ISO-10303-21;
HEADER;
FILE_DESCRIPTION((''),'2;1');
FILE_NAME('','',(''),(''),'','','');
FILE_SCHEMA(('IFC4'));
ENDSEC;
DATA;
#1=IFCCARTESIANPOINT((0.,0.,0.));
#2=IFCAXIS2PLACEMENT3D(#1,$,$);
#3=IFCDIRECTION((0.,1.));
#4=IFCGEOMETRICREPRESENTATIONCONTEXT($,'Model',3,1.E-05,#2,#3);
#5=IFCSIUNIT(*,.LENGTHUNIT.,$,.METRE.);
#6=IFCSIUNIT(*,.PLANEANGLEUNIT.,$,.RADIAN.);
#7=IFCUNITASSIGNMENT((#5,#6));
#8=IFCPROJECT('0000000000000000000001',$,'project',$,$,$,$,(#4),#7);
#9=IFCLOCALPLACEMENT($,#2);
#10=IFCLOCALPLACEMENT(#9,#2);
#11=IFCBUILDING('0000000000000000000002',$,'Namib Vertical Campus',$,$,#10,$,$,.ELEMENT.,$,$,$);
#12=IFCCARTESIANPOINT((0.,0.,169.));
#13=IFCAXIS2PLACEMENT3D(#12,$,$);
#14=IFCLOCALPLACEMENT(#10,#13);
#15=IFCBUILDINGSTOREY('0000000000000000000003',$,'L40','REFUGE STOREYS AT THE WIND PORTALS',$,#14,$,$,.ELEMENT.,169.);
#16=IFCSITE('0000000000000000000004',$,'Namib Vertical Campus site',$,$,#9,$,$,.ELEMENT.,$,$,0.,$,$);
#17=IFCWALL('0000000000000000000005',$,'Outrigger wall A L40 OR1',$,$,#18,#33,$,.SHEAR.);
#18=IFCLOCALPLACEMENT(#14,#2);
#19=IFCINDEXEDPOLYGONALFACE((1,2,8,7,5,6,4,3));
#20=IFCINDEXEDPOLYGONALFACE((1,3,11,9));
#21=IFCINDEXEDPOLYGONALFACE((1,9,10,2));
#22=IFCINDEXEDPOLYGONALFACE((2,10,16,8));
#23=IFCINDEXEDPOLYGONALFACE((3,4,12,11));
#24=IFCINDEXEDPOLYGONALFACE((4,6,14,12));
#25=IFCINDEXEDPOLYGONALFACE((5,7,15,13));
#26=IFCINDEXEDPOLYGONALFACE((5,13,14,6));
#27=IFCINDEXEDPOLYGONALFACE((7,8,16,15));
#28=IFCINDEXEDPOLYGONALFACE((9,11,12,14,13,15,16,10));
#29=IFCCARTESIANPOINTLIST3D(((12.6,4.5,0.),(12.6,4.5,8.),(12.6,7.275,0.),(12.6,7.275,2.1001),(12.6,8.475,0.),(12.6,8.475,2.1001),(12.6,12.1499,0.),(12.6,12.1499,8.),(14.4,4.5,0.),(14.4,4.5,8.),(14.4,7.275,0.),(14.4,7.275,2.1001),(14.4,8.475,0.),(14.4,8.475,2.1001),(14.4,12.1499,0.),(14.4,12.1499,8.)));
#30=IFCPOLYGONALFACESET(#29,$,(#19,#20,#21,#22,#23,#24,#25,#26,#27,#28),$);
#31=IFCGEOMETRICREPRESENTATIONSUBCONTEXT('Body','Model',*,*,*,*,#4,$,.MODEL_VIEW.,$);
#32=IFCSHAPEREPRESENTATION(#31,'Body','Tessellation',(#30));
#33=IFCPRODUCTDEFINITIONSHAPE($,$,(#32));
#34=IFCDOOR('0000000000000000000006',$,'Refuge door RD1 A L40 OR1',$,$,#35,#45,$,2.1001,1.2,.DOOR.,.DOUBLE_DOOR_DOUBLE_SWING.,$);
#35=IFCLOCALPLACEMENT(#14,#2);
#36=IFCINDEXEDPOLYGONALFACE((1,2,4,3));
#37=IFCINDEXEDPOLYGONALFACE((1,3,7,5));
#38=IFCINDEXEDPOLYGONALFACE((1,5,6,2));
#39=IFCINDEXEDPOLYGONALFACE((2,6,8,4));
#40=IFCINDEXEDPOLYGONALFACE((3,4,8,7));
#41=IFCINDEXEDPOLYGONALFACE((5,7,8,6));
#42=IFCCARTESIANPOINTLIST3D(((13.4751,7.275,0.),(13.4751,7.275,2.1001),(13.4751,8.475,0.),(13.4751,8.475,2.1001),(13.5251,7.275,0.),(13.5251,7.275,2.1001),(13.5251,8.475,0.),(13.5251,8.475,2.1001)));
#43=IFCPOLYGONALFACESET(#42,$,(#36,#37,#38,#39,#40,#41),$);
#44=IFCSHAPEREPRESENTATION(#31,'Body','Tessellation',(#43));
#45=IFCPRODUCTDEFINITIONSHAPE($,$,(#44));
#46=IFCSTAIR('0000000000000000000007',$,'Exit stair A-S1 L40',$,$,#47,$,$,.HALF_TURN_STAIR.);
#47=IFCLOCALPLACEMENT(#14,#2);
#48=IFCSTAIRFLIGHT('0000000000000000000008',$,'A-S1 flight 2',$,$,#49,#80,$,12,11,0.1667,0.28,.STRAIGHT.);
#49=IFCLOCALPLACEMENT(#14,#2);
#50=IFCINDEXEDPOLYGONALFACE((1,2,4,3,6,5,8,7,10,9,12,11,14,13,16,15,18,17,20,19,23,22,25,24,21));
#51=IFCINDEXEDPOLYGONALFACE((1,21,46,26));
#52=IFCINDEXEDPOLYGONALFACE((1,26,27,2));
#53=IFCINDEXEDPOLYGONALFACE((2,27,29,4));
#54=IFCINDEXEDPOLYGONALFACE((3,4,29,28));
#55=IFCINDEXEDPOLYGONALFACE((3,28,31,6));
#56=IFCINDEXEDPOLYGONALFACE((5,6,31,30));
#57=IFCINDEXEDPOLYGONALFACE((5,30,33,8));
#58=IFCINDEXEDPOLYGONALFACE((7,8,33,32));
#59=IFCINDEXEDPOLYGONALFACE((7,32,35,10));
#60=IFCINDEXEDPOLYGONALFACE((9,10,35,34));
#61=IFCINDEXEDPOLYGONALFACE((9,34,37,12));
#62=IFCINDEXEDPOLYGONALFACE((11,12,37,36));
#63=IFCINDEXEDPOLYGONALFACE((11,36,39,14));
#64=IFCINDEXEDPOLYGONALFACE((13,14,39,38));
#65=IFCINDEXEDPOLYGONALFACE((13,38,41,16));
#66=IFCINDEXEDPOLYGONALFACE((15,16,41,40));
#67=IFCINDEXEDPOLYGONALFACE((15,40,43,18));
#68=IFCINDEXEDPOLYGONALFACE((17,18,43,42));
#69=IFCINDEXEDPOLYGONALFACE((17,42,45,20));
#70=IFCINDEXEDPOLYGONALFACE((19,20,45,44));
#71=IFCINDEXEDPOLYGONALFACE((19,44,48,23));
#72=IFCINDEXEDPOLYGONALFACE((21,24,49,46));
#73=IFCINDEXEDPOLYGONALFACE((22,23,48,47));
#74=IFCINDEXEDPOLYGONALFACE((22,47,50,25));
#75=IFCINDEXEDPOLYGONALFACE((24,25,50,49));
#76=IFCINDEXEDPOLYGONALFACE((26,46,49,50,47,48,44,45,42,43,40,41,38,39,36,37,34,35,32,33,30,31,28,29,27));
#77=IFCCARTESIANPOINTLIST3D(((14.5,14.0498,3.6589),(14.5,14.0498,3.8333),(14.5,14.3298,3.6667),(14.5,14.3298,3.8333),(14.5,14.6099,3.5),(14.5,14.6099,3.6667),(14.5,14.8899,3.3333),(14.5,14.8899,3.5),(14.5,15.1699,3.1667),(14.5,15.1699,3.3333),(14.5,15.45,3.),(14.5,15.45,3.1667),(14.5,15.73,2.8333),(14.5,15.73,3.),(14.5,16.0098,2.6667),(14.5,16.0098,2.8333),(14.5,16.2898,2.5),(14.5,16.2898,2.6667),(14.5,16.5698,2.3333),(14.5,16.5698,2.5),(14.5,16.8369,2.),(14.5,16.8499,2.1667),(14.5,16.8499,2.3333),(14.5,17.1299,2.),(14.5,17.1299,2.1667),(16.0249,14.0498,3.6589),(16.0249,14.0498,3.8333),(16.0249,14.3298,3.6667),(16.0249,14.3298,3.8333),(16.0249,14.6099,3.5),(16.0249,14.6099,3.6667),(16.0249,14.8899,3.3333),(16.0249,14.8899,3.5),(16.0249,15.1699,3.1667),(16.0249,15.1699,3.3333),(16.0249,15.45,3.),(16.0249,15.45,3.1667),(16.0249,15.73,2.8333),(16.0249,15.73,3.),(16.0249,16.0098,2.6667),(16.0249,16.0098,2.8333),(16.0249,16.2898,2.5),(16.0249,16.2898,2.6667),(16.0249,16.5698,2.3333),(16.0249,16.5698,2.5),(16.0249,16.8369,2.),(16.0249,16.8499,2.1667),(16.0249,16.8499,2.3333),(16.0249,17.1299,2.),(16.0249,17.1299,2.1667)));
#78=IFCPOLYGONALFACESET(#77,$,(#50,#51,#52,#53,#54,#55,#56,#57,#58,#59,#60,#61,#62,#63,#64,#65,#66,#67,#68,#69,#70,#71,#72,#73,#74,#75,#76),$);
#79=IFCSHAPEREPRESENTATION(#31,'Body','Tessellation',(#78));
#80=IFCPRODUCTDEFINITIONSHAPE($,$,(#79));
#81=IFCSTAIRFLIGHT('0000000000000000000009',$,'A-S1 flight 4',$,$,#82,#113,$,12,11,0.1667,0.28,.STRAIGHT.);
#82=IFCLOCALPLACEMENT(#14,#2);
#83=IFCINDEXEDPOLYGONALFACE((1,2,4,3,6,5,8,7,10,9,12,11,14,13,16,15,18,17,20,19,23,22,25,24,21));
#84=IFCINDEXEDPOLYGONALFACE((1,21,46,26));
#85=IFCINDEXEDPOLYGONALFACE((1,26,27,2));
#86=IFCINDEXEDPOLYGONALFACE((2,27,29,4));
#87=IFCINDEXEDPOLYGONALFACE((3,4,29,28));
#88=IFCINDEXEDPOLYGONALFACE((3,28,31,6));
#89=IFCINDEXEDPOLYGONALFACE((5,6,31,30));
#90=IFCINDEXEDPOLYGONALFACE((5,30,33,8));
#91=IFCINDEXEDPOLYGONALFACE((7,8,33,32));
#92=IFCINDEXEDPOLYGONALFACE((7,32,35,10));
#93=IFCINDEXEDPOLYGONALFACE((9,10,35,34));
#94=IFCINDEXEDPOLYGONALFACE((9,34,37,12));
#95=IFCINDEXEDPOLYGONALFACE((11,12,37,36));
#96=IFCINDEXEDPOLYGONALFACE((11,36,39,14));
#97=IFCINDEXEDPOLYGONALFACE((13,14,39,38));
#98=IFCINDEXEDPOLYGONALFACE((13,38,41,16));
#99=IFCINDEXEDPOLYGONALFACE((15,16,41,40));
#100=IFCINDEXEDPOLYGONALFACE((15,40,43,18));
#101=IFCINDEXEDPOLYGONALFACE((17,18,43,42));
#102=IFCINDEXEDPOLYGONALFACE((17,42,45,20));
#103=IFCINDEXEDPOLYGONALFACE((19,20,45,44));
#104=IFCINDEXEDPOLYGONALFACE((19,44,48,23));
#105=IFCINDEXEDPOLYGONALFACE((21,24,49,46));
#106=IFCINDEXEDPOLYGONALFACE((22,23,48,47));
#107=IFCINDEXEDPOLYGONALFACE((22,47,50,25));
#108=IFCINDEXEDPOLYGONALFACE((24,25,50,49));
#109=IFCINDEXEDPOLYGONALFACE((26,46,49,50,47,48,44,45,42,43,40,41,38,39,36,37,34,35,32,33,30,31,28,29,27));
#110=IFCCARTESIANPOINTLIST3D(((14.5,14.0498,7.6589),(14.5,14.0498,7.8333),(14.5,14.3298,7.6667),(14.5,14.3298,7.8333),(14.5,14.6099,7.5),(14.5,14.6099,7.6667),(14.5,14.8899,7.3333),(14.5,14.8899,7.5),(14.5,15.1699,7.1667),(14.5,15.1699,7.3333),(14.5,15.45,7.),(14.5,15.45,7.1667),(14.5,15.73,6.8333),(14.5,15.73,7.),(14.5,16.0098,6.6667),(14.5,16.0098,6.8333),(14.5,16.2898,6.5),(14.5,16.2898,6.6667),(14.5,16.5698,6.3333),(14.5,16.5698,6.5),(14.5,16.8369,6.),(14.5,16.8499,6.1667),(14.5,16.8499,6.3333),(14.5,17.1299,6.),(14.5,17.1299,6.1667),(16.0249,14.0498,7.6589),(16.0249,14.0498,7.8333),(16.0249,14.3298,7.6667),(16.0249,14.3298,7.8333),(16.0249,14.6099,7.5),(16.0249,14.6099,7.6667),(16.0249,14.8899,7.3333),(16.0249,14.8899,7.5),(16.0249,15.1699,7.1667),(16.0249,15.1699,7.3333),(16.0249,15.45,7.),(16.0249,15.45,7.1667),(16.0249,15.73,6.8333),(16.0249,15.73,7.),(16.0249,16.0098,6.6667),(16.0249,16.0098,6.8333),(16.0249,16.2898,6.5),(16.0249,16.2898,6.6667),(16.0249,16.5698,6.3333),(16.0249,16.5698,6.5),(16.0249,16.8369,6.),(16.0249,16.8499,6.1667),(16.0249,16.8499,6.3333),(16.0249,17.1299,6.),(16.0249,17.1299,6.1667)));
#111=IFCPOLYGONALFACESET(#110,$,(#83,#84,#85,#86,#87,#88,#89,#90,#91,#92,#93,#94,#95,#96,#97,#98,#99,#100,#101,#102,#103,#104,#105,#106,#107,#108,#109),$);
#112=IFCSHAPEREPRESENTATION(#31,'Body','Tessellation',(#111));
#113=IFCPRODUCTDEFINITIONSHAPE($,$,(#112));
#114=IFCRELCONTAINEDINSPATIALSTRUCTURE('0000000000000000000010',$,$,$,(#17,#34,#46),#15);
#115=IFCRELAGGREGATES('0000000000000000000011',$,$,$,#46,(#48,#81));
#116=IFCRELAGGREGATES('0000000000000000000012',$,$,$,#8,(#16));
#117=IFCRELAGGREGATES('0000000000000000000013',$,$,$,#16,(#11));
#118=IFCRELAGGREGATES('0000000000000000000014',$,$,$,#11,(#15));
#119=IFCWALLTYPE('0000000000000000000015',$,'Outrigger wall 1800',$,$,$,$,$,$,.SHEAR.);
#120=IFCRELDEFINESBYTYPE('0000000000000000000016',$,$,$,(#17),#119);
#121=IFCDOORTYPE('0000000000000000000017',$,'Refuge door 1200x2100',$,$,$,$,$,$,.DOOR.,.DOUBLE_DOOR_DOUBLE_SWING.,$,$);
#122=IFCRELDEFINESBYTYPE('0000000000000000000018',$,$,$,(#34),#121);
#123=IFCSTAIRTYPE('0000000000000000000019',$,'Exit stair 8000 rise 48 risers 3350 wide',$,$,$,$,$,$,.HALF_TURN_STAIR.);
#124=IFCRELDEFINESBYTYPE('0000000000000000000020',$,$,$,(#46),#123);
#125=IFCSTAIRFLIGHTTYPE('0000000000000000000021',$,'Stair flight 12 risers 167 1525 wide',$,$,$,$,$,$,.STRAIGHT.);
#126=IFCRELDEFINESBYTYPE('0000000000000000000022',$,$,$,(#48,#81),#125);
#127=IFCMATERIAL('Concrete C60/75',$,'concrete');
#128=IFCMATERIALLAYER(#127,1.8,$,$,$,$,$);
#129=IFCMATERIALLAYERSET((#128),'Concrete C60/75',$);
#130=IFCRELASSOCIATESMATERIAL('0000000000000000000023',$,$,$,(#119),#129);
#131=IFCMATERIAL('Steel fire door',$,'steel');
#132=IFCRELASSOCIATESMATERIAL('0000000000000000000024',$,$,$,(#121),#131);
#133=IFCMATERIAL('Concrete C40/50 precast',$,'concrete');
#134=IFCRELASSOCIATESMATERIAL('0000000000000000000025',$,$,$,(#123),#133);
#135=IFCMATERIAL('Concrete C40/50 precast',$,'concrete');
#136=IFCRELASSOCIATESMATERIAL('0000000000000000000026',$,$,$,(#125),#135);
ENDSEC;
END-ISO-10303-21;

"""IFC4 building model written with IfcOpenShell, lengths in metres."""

from ifc_helpers import new_model, si_unit, direction, frame, frame_2d, origin, place, context, subcontext, project, spatial, polyline, rectangle, outline, extrude, material, layer, layer_set, type_object, element, fill, aggregate, save


model = new_model("IFC4")

# Units and contexts
model_context = context("Model", 3, precision=1e-05, world=origin(), true_north=direction((0.0, 1.0)))
body_context = subcontext(model_context, "Body", "Model", "MODEL_VIEW")
ifc_project = project(units=[si_unit("LENGTHUNIT", "METRE"), si_unit("PLANEANGLEUNIT", "RADIAN")], contexts=[model_context])

# Site, building, storey
site_placement = place(None, origin())
site = spatial("IfcSite", under=ifc_project, at=site_placement, Name="Namib Vertical Campus site", CompositionType="ELEMENT", RefElevation=0.0)
building_placement = place(site_placement, origin())
building = spatial("IfcBuilding", under=site, at=building_placement, Name="Namib Vertical Campus", CompositionType="ELEMENT")
storey_placement = place(building_placement, frame((0.0, 0.0, 169.0)))
storey = spatial("IfcBuildingStorey", under=building, at=storey_placement, Name="L40", Description="REFUGE STOREYS AT THE WIND PORTALS", CompositionType="ELEMENT", Elevation=169.0)

# Wall, opening, door
ifc_material_1 = material(Name="Concrete C60/75", Category="concrete")
ifc_layer_1 = layer(ifc_material_1, 1.8)
ifc_layer_set_1 = layer_set([ifc_layer_1], Name="Concrete C60/75")
wall_type_1 = type_object("IfcWallType", Name="Outrigger wall 1800", PredefinedType="SHEAR", material=ifc_layer_set_1)
wall_1_placement = place(storey_placement, frame((13.5, 4.5, 0.0), z_axis=(0.0, 0.0, 1.0), x_axis=(0.0, 1.0, 0.0)))
wall_1 = element("IfcWall", 1, at=wall_1_placement, inside=storey, type_object=wall_type_1, Name="Outrigger wall A L40 OR1", PredefinedType="SHEAR", context=body_context, shape_type="SweptSolid", body=[
    extrude(rectangle(XDim=7.6499, YDim=1.8, at=frame_2d((3.825, 0.0))), origin(), (0.0, 0.0, 1.0), 8.0),
])
opening_1_placement = place(wall_1_placement, frame((2.7749, 0.0, 0.0)))
opening_1 = element("IfcOpeningElement", 2, at=opening_1_placement, cuts=wall_1, PredefinedType="OPENING", context=body_context, shape_type="SweptSolid", body=[
    extrude(rectangle(XDim=1.2, YDim=2.1001, at=frame_2d((0.6001, 1.05))), frame((0.0, 0.9099, 0.0), z_axis=(0.0, -1.0, 0.0), x_axis=(1.0, 0.0, 0.0)), (0.0, 0.0, 1.0), 1.8201),
])
ifc_material_2 = material(Name="Steel fire door", Category="steel")
door_type_1 = type_object("IfcDoorType", Name="Refuge door 1200x2100", OperationType="DOUBLE_DOOR_DOUBLE_SWING", PredefinedType="DOOR", material=ifc_material_2)
door_1_placement = place(opening_1_placement, origin())
door_1 = element("IfcDoor", 3, at=door_1_placement, inside=storey, type_object=door_type_1, Name="Refuge door RD1 A L40 OR1", OperationType="DOUBLE_DOOR_DOUBLE_SWING", OverallHeight=2.1001, OverallWidth=1.2, PredefinedType="DOOR", context=body_context, shape_type="SweptSolid", body=[
    extrude(rectangle(XDim=1.2, YDim=2.1001, at=frame_2d((0.6001, 1.05))), frame((0.0, 0.0249, 0.0), z_axis=(0.0, -1.0, 0.0), x_axis=(1.0, 0.0, 0.0)), (0.0, 0.0, 1.0), 0.05),
])
fill(opening_1, door_1)

# Stair, stair flights
ifc_material_3 = material(Name="Concrete C40/50 precast", Category="concrete")
stair_type = type_object("IfcStairType", Name="Exit stair 8000 rise 48 risers 3350 wide", PredefinedType="HALF_TURN_STAIR", material=ifc_material_3)
stair_placement = place(storey_placement, origin())
stair = element("IfcStair", 4, at=stair_placement, inside=storey, type_object=stair_type, Name="Exit stair A-S1 L40", PredefinedType="HALF_TURN_STAIR")
ifc_material_4 = material(Name="Concrete C40/50 precast", Category="concrete")
stair_flight_type = type_object("IfcStairFlightType", Name="Stair flight 12 risers 167 1525 wide", PredefinedType="STRAIGHT", material=ifc_material_4)
stair_flight_1_placement = place(storey_placement, frame((15.2625, 17.1299, 2.0), z_axis=(0.0, 0.0, 1.0), x_axis=(0.0, -1.0, 0.0)))
stair_flight_1 = element("IfcStairFlight", 5, at=stair_flight_1_placement, type_object=stair_flight_type, Name="A-S1 flight 2", NumberOfRisers=12, NumberOfTreads=11, PredefinedType="STRAIGHT", RiserHeight=0.1667, TreadLength=0.28, context=body_context, shape_type="SweptSolid", body=[
    extrude(outline(polyline([(0.0, 0.0), (0.0, 0.1667), (0.28, 0.1667), (0.28, 0.3333), (0.5601, 0.3333), (0.5601, 0.5), (0.8401, 0.5), (0.8401, 0.6667), (1.1201, 0.6667), (1.1201, 0.8333), (1.3999, 0.8333), (1.3999, 1.0), (1.6799, 1.0), (1.6799, 1.1667), (1.96, 1.1667), (1.96, 1.3333), (2.24, 1.3333), (2.24, 1.5), (2.52, 1.5), (2.52, 1.6667), (2.8, 1.6667), (2.8, 1.8333), (3.0801, 1.8333), (3.0801, 2.0), (3.0801, 1.6589), (0.293, 0.0), (0.0, 0.0)])), frame((0.0, 0.7625, 0.0), z_axis=(0.0, -1.0, 0.0), x_axis=(1.0, 0.0, 0.0)), (0.0, 0.0, 1.0), 1.5249),
])
stair_flight_2_placement = place(storey_placement, frame((15.2625, 17.1299, 6.0), z_axis=(0.0, 0.0, 1.0), x_axis=(0.0, -1.0, 0.0)))
stair_flight_2 = element("IfcStairFlight", 6, at=stair_flight_2_placement, type_object=stair_flight_type, Name="A-S1 flight 4", NumberOfRisers=12, NumberOfTreads=11, PredefinedType="STRAIGHT", RiserHeight=0.1667, TreadLength=0.28, context=body_context, shape_type="SweptSolid", body=[
    extrude(outline(polyline([(0.0, 0.0), (0.0, 0.1667), (0.28, 0.1667), (0.28, 0.3333), (0.5601, 0.3333), (0.5601, 0.5), (0.8401, 0.5), (0.8401, 0.6667), (1.1201, 0.6667), (1.1201, 0.8333), (1.3999, 0.8333), (1.3999, 1.0), (1.6799, 1.0), (1.6799, 1.1667), (1.96, 1.1667), (1.96, 1.3333), (2.24, 1.3333), (2.24, 1.5), (2.52, 1.5), (2.52, 1.6667), (2.8, 1.6667), (2.8, 1.8333), (3.0801, 1.8333), (3.0801, 2.0), (3.0801, 1.6589), (0.293, 0.0), (0.0, 0.0)])), frame((0.0, 0.7625, 0.0), z_axis=(0.0, -1.0, 0.0), x_axis=(1.0, 0.0, 0.0)), (0.0, 0.0, 1.0), 1.5249),
])
aggregate(stair, [stair_flight_1, stair_flight_2])

save(model, "model.ifc")
